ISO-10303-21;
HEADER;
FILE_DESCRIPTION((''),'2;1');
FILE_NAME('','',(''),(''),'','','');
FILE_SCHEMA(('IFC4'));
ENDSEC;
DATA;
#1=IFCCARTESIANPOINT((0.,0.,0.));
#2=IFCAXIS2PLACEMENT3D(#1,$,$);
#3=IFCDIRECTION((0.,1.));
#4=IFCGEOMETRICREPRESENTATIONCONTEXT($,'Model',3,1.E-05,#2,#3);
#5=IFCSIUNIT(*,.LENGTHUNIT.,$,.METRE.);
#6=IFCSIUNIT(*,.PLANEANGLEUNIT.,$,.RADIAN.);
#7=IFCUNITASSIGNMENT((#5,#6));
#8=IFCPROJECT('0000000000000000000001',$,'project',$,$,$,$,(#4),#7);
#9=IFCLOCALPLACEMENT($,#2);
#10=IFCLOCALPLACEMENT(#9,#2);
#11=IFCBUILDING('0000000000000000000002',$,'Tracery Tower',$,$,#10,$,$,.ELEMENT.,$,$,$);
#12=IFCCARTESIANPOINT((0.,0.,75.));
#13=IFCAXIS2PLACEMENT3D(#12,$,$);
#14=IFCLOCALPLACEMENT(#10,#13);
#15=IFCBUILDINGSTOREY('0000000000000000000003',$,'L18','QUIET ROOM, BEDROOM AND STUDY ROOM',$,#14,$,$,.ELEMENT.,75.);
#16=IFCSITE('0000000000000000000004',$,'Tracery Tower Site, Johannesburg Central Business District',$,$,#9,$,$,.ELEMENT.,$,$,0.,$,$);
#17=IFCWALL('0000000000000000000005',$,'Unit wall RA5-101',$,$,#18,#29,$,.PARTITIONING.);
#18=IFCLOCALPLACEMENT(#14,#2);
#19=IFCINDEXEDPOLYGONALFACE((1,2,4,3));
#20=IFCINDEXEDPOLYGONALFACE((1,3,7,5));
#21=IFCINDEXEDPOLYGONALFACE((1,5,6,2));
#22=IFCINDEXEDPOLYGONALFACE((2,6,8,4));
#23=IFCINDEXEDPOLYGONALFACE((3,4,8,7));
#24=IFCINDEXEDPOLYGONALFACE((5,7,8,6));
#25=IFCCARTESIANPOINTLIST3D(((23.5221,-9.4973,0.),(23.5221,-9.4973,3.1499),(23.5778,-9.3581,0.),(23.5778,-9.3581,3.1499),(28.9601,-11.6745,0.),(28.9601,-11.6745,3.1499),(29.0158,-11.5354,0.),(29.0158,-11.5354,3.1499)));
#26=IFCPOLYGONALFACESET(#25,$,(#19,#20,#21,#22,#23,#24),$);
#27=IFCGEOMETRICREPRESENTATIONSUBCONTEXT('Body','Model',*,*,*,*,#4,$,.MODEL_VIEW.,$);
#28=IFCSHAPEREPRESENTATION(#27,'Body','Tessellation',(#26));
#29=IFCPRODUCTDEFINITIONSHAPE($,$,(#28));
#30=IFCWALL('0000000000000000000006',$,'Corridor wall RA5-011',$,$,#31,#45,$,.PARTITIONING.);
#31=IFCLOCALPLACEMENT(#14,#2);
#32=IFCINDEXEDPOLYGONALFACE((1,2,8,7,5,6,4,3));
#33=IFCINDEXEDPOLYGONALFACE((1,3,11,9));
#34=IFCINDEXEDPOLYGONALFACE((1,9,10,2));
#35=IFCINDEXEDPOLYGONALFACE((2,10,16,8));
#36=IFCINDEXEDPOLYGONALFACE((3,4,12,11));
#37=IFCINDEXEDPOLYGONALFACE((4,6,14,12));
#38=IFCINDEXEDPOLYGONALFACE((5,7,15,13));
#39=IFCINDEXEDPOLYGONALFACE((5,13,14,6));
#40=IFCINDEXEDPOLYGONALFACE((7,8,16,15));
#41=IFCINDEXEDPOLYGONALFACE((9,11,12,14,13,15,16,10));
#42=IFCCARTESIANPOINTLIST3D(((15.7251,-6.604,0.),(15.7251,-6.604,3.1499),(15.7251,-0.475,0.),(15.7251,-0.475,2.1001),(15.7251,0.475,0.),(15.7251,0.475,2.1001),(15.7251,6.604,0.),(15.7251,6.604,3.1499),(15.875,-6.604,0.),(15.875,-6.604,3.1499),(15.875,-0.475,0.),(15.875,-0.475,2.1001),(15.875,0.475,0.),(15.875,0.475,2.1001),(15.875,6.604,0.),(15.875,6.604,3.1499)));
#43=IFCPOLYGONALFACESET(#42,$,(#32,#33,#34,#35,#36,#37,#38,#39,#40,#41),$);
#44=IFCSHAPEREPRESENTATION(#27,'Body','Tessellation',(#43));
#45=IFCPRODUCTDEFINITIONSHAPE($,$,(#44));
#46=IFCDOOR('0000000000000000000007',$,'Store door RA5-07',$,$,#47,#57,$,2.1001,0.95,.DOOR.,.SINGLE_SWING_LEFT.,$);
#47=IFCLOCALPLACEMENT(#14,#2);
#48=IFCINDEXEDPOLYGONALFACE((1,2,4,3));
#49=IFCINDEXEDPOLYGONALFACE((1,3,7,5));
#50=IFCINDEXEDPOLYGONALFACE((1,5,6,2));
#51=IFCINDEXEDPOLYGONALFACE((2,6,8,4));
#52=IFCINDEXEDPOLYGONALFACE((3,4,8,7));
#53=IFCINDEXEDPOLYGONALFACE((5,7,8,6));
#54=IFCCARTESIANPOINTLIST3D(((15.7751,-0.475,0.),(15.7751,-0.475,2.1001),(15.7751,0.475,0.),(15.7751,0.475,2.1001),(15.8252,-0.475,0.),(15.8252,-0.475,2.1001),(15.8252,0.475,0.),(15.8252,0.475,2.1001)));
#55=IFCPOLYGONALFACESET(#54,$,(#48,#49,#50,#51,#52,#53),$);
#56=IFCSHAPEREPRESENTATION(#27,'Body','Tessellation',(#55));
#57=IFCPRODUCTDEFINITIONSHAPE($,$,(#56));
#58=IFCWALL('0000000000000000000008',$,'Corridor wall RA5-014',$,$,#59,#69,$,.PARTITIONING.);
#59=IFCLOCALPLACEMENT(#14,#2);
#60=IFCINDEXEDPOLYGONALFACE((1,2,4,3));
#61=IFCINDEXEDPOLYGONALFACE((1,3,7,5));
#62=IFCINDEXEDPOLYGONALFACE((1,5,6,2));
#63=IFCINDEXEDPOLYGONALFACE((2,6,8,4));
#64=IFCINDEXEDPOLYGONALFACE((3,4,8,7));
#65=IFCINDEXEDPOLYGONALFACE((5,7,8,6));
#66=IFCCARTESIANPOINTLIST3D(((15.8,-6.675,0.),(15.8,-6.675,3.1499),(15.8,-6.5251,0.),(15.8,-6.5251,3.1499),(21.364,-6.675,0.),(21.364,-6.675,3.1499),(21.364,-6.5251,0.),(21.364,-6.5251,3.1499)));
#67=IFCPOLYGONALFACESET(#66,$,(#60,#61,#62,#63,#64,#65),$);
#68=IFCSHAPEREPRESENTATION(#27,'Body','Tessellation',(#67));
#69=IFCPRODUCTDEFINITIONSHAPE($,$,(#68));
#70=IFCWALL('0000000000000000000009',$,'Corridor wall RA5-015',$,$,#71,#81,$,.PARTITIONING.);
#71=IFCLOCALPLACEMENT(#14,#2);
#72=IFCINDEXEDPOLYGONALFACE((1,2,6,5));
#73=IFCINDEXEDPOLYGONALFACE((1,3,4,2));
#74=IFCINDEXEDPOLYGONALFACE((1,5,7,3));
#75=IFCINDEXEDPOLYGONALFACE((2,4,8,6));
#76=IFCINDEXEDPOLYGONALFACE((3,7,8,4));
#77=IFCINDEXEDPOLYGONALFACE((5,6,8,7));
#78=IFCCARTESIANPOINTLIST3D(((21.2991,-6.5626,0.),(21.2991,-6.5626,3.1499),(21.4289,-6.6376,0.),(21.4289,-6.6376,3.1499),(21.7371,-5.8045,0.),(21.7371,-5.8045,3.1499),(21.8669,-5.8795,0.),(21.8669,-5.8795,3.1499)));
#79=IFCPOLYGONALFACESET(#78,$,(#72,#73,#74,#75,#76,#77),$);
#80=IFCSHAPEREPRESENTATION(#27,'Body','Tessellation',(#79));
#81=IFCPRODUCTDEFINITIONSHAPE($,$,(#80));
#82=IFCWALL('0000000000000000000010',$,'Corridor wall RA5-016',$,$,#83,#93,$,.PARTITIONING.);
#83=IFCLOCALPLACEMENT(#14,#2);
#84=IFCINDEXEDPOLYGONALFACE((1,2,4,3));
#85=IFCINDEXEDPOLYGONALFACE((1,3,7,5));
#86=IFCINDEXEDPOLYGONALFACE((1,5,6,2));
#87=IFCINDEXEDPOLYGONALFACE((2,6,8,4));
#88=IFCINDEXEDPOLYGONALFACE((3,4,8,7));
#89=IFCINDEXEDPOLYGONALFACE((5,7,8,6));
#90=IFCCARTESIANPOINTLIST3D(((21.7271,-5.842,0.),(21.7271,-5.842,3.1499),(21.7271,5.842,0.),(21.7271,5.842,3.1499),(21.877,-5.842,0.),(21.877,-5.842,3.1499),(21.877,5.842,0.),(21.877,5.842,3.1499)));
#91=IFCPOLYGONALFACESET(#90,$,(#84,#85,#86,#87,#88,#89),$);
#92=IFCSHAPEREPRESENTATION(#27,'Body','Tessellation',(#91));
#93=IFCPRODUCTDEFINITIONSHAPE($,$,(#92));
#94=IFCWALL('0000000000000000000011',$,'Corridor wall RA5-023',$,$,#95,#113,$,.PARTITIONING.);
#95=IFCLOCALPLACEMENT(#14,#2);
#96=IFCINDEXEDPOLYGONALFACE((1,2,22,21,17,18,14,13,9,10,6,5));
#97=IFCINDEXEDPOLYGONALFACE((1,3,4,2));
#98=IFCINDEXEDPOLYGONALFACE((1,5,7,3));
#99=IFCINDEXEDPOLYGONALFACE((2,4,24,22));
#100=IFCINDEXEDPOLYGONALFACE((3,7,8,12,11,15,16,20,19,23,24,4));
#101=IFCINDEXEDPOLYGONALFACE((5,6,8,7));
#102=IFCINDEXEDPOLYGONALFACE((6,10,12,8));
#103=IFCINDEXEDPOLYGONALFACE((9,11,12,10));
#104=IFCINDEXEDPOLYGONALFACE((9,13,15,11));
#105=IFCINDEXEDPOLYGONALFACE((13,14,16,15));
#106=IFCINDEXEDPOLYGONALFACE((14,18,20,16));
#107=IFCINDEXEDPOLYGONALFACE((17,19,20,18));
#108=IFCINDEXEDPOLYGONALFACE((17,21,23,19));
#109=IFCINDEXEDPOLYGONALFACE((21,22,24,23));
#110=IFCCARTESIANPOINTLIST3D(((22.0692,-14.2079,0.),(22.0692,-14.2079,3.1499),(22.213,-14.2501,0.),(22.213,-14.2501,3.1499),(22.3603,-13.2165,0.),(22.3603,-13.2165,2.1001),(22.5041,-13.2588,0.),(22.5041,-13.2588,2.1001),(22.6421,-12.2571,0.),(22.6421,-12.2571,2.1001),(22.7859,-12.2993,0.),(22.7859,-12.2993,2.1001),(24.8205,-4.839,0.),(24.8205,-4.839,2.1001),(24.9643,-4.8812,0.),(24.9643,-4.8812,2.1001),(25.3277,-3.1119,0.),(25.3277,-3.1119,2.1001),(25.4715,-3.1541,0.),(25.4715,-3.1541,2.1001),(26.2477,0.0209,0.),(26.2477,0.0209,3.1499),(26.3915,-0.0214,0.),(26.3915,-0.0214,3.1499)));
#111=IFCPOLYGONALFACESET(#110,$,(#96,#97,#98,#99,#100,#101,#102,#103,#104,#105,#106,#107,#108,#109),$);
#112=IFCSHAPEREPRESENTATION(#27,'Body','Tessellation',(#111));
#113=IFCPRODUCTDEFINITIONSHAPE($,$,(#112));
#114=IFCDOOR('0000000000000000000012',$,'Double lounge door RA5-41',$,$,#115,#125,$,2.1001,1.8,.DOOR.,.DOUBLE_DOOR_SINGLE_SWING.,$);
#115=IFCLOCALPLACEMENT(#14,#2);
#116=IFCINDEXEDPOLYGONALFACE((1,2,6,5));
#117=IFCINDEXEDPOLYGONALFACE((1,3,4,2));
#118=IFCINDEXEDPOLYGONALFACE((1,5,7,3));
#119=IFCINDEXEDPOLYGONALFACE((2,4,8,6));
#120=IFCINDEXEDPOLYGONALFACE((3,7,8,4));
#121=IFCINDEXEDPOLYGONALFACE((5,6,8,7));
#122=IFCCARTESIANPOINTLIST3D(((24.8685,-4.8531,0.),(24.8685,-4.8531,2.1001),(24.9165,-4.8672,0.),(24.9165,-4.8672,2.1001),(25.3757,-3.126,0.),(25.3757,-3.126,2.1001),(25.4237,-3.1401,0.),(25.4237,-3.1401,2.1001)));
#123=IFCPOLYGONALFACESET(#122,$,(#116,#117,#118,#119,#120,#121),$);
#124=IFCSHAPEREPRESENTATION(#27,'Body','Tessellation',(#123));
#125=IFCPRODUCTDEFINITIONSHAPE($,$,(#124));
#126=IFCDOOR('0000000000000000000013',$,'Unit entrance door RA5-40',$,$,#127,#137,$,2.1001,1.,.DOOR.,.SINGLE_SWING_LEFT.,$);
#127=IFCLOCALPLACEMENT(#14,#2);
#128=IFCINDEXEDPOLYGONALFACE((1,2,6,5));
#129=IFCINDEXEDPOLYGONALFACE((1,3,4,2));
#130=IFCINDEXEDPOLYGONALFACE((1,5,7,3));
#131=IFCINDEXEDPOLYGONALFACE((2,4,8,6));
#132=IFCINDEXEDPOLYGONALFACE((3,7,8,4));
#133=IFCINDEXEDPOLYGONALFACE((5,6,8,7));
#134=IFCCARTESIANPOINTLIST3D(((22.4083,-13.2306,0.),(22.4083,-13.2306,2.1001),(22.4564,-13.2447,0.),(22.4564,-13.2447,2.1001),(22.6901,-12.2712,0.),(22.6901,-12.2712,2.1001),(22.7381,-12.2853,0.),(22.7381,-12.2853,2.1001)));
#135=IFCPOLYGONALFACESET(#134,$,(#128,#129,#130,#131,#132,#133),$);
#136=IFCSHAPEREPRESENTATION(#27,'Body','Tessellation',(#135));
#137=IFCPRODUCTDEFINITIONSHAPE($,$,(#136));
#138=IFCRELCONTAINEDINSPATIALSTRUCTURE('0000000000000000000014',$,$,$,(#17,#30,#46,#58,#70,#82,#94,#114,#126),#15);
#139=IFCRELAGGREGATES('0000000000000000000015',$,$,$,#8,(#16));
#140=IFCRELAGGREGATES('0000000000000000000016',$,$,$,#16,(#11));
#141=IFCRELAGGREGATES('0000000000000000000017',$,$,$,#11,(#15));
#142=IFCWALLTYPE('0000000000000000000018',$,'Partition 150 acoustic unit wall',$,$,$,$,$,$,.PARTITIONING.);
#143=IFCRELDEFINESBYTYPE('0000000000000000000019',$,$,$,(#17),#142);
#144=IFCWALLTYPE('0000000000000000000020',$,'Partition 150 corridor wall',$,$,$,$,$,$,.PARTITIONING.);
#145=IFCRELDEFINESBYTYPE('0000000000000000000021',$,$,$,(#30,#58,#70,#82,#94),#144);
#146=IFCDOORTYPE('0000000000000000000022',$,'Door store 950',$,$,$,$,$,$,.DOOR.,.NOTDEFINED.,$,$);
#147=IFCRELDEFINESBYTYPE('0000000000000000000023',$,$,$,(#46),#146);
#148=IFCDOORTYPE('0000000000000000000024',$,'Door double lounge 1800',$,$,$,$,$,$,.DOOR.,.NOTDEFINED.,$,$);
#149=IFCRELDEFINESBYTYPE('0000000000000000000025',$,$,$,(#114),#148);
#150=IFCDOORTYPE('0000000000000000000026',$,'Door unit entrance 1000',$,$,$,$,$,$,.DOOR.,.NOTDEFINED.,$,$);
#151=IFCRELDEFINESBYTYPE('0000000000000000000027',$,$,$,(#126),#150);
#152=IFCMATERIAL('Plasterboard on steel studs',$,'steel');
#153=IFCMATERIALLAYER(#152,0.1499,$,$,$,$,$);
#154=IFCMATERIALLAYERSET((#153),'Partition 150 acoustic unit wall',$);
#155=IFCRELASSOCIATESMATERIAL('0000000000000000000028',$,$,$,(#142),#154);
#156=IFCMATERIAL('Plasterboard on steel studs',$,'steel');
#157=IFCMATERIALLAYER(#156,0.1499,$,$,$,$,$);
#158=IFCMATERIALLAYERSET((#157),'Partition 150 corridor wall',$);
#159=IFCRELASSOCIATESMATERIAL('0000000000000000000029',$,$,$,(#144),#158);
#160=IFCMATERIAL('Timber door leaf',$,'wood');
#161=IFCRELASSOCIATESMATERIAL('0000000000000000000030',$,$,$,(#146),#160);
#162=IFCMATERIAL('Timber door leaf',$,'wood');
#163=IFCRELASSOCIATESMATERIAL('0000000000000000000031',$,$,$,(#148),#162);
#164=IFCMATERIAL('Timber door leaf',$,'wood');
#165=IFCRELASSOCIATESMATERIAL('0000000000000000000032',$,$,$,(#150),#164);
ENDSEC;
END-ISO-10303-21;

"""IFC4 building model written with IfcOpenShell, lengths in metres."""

from ifc_helpers import new_model, si_unit, direction, frame, frame_2d, origin, place, context, subcontext, project, spatial, rectangle, extrude, material, layer, layer_set, type_object, element, fill, save


model = new_model("IFC4")

# Units and contexts
model_context = context("Model", 3, precision=1e-05, world=origin(), true_north=direction((0.0, 1.0)))
body_context = subcontext(model_context, "Body", "Model", "MODEL_VIEW")
ifc_project = project(units=[si_unit("LENGTHUNIT", "METRE"), si_unit("PLANEANGLEUNIT", "RADIAN")], contexts=[model_context])

# Site, building, storey
site_placement = place(None, origin())
site = spatial("IfcSite", under=ifc_project, at=site_placement, Name="Tracery Tower Site, Johannesburg Central Business District", CompositionType="ELEMENT", RefElevation=0.0)
building_placement = place(site_placement, origin())
building = spatial("IfcBuilding", under=site, at=building_placement, Name="Tracery Tower", CompositionType="ELEMENT")
storey_placement = place(building_placement, frame((0.0, 0.0, 75.0)))
storey = spatial("IfcBuildingStorey", under=building, at=storey_placement, Name="L18", Description="QUIET ROOM, BEDROOM AND STUDY ROOM", CompositionType="ELEMENT", Elevation=75.0)

# Wall
ifc_material_1 = material(Name="Plasterboard on steel studs", Category="steel")
ifc_layer_1 = layer(ifc_material_1, 0.1499)
ifc_layer_set_1 = layer_set([ifc_layer_1], Name="Partition 150 acoustic unit wall")
wall_type_1 = type_object("IfcWallType", Name="Partition 150 acoustic unit wall", PredefinedType="PARTITIONING", material=ifc_layer_set_1)
wall_1_placement = place(storey_placement, frame((23.55, -9.4277, 0.0), z_axis=(0.0, 0.0, 1.0), x_axis=(0.928356, -0.371692, 0.0)))
element("IfcWall", 1, at=wall_1_placement, inside=storey, type_object=wall_type_1, Name="Unit wall RA5-101", PredefinedType="PARTITIONING", context=body_context, shape_type="SweptSolid", body=[
    extrude(rectangle(XDim=5.8577, YDim=0.1499, at=frame_2d((2.9287, 0.0))), origin(), (0.0, 0.0, 1.0), 3.1499),
])

# Wall, opening, door
ifc_material_2 = material(Name="Plasterboard on steel studs", Category="steel")
ifc_layer_2 = layer(ifc_material_2, 0.1499)
ifc_layer_set_2 = layer_set([ifc_layer_2], Name="Partition 150 corridor wall")
wall_type_2 = type_object("IfcWallType", Name="Partition 150 corridor wall", PredefinedType="PARTITIONING", material=ifc_layer_set_2)
wall_2_placement = place(storey_placement, frame((15.8, -6.604, 0.0), z_axis=(0.0, 0.0, 1.0), x_axis=(0.0, 1.0, 0.0)))
wall_2 = element("IfcWall", 2, at=wall_2_placement, inside=storey, type_object=wall_type_2, Name="Corridor wall RA5-011", PredefinedType="PARTITIONING", context=body_context, shape_type="SweptSolid", body=[
    extrude(rectangle(XDim=13.208, YDim=0.1499, at=frame_2d((6.604, 0.0))), origin(), (0.0, 0.0, 1.0), 3.1499),
])
opening_1_placement = place(wall_2_placement, frame((6.1289, 0.0, 0.0)))
opening_1 = element("IfcOpeningElement", 3, at=opening_1_placement, cuts=wall_2, PredefinedType="OPENING", context=body_context, shape_type="SweptSolid", body=[
    extrude(rectangle(XDim=0.95, YDim=2.1001, at=frame_2d((0.4751, 1.05))), frame((0.0, 0.075, 0.0), z_axis=(0.0, -1.0, 0.0), x_axis=(1.0, 0.0, 0.0)), (0.0, 0.0, 1.0), 0.1499),
])
ifc_material_3 = material(Name="Timber door leaf", Category="wood")
door_type_1 = type_object("IfcDoorType", Name="Door store 950", OperationType="NOTDEFINED", PredefinedType="DOOR", material=ifc_material_3)
door_1_placement = place(opening_1_placement, origin())
door_1 = element("IfcDoor", 4, at=door_1_placement, inside=storey, type_object=door_type_1, Name="Store door RA5-07", OperationType="SINGLE_SWING_LEFT", OverallHeight=2.1001, OverallWidth=0.95, PredefinedType="DOOR", context=body_context, shape_type="SweptSolid", body=[
    extrude(rectangle(XDim=0.95, YDim=2.1001, at=frame_2d((0.4751, 1.05))), frame((0.0, 0.0249, 0.0), z_axis=(0.0, -1.0, 0.0), x_axis=(1.0, 0.0, 0.0)), (0.0, 0.0, 1.0), 0.05),
])
fill(opening_1, door_1)

# Walls
wall_3_placement = place(storey_placement, frame((15.8, -6.6001, 0.0), z_axis=(0.0, 0.0, 1.0), x_axis=(1.0, 0.0, 0.0)))
element("IfcWall", 5, at=wall_3_placement, inside=storey, type_object=wall_type_2, Name="Corridor wall RA5-014", PredefinedType="PARTITIONING", context=body_context, shape_type="SweptSolid", body=[
    extrude(rectangle(XDim=5.564, YDim=0.1499, at=frame_2d((2.782, 0.0))), origin(), (0.0, 0.0, 1.0), 3.1499),
])
wall_4_placement = place(storey_placement, frame((21.364, -6.6001, 0.0), z_axis=(0.0, 0.0, 1.0), x_axis=(0.500278, 0.865865, 0.0)))
element("IfcWall", 6, at=wall_4_placement, inside=storey, type_object=wall_type_2, Name="Corridor wall RA5-015", PredefinedType="PARTITIONING", context=body_context, shape_type="SweptSolid", body=[
    extrude(rectangle(XDim=0.8755, YDim=0.1499, at=frame_2d((0.4377, 0.0))), origin(), (0.0, 0.0, 1.0), 3.1499),
])
wall_5_placement = place(storey_placement, frame((21.802, -5.842, 0.0), z_axis=(0.0, 0.0, 1.0), x_axis=(0.0, 1.0, 0.0)))
element("IfcWall", 7, at=wall_5_placement, inside=storey, type_object=wall_type_2, Name="Corridor wall RA5-016", PredefinedType="PARTITIONING", context=body_context, shape_type="SweptSolid", body=[
    extrude(rectangle(XDim=11.6841, YDim=0.1499, at=frame_2d((5.842, 0.0))), origin(), (0.0, 0.0, 1.0), 3.1499),
])

# Wall, openings, doors
wall_6_placement = place(storey_placement, frame((22.1411, -14.229, 0.0), z_axis=(0.0, 0.0, 1.0), x_axis=(0.281765, 0.959483, 0.0)))
wall_6 = element("IfcWall", 8, at=wall_6_placement, inside=storey, type_object=wall_type_2, Name="Corridor wall RA5-023", PredefinedType="PARTITIONING", context=body_context, shape_type="SweptSolid", body=[
    extrude(rectangle(XDim=14.8296, YDim=0.1499, at=frame_2d((7.4148, 0.0))), origin(), (0.0, 0.0, 1.0), 3.1499),
])
opening_2_placement = place(wall_6_placement, frame((1.0332, 0.0, 0.0)))
opening_2 = element("IfcOpeningElement", 9, at=opening_2_placement, cuts=wall_6, PredefinedType="OPENING", context=body_context, shape_type="SweptSolid", body=[
    extrude(rectangle(XDim=1.0, YDim=2.1001, at=frame_2d((0.5, 1.05))), frame((0.0, 0.075, 0.0), z_axis=(0.0, -1.0, 0.0), x_axis=(1.0, 0.0, 0.0)), (0.0, 0.0, 1.0), 0.1499),
])
opening_3_placement = place(wall_6_placement, frame((9.7646, 0.0, 0.0)))
opening_3 = element("IfcOpeningElement", 10, at=opening_3_placement, cuts=wall_6, PredefinedType="OPENING", context=body_context, shape_type="SweptSolid", body=[
    extrude(rectangle(XDim=1.8, YDim=2.1001, at=frame_2d((0.8999, 1.05))), frame((0.0, 0.075, 0.0), z_axis=(0.0, -1.0, 0.0), x_axis=(1.0, 0.0, 0.0)), (0.0, 0.0, 1.0), 0.1499),
])
ifc_material_4 = material(Name="Timber door leaf", Category="wood")
door_type_2 = type_object("IfcDoorType", Name="Door double lounge 1800", OperationType="NOTDEFINED", PredefinedType="DOOR", material=ifc_material_4)
door_2_placement = place(opening_3_placement, origin())
door_2 = element("IfcDoor", 11, at=door_2_placement, inside=storey, type_object=door_type_2, Name="Double lounge door RA5-41", OperationType="DOUBLE_DOOR_SINGLE_SWING", OverallHeight=2.1001, OverallWidth=1.8, PredefinedType="DOOR", context=body_context, shape_type="SweptSolid", body=[
    extrude(rectangle(XDim=1.8, YDim=2.1001, at=frame_2d((0.8999, 1.05))), frame((0.0, 0.0249, 0.0), z_axis=(0.0, -1.0, 0.0), x_axis=(1.0, 0.0, 0.0)), (0.0, 0.0, 1.0), 0.05),
])
fill(opening_3, door_2)
ifc_material_5 = material(Name="Timber door leaf", Category="wood")
door_type_3 = type_object("IfcDoorType", Name="Door unit entrance 1000", OperationType="NOTDEFINED", PredefinedType="DOOR", material=ifc_material_5)
door_3_placement = place(opening_2_placement, origin())
door_3 = element("IfcDoor", 12, at=door_3_placement, inside=storey, type_object=door_type_3, Name="Unit entrance door RA5-40", OperationType="SINGLE_SWING_LEFT", OverallHeight=2.1001, OverallWidth=1.0, PredefinedType="DOOR", context=body_context, shape_type="SweptSolid", body=[
    extrude(rectangle(XDim=1.0, YDim=2.1001, at=frame_2d((0.5, 1.05))), frame((0.0, 0.0249, 0.0), z_axis=(0.0, -1.0, 0.0), x_axis=(1.0, 0.0, 0.0)), (0.0, 0.0, 1.0), 0.05),
])
fill(opening_2, door_3)

save(model, "model.ifc")
